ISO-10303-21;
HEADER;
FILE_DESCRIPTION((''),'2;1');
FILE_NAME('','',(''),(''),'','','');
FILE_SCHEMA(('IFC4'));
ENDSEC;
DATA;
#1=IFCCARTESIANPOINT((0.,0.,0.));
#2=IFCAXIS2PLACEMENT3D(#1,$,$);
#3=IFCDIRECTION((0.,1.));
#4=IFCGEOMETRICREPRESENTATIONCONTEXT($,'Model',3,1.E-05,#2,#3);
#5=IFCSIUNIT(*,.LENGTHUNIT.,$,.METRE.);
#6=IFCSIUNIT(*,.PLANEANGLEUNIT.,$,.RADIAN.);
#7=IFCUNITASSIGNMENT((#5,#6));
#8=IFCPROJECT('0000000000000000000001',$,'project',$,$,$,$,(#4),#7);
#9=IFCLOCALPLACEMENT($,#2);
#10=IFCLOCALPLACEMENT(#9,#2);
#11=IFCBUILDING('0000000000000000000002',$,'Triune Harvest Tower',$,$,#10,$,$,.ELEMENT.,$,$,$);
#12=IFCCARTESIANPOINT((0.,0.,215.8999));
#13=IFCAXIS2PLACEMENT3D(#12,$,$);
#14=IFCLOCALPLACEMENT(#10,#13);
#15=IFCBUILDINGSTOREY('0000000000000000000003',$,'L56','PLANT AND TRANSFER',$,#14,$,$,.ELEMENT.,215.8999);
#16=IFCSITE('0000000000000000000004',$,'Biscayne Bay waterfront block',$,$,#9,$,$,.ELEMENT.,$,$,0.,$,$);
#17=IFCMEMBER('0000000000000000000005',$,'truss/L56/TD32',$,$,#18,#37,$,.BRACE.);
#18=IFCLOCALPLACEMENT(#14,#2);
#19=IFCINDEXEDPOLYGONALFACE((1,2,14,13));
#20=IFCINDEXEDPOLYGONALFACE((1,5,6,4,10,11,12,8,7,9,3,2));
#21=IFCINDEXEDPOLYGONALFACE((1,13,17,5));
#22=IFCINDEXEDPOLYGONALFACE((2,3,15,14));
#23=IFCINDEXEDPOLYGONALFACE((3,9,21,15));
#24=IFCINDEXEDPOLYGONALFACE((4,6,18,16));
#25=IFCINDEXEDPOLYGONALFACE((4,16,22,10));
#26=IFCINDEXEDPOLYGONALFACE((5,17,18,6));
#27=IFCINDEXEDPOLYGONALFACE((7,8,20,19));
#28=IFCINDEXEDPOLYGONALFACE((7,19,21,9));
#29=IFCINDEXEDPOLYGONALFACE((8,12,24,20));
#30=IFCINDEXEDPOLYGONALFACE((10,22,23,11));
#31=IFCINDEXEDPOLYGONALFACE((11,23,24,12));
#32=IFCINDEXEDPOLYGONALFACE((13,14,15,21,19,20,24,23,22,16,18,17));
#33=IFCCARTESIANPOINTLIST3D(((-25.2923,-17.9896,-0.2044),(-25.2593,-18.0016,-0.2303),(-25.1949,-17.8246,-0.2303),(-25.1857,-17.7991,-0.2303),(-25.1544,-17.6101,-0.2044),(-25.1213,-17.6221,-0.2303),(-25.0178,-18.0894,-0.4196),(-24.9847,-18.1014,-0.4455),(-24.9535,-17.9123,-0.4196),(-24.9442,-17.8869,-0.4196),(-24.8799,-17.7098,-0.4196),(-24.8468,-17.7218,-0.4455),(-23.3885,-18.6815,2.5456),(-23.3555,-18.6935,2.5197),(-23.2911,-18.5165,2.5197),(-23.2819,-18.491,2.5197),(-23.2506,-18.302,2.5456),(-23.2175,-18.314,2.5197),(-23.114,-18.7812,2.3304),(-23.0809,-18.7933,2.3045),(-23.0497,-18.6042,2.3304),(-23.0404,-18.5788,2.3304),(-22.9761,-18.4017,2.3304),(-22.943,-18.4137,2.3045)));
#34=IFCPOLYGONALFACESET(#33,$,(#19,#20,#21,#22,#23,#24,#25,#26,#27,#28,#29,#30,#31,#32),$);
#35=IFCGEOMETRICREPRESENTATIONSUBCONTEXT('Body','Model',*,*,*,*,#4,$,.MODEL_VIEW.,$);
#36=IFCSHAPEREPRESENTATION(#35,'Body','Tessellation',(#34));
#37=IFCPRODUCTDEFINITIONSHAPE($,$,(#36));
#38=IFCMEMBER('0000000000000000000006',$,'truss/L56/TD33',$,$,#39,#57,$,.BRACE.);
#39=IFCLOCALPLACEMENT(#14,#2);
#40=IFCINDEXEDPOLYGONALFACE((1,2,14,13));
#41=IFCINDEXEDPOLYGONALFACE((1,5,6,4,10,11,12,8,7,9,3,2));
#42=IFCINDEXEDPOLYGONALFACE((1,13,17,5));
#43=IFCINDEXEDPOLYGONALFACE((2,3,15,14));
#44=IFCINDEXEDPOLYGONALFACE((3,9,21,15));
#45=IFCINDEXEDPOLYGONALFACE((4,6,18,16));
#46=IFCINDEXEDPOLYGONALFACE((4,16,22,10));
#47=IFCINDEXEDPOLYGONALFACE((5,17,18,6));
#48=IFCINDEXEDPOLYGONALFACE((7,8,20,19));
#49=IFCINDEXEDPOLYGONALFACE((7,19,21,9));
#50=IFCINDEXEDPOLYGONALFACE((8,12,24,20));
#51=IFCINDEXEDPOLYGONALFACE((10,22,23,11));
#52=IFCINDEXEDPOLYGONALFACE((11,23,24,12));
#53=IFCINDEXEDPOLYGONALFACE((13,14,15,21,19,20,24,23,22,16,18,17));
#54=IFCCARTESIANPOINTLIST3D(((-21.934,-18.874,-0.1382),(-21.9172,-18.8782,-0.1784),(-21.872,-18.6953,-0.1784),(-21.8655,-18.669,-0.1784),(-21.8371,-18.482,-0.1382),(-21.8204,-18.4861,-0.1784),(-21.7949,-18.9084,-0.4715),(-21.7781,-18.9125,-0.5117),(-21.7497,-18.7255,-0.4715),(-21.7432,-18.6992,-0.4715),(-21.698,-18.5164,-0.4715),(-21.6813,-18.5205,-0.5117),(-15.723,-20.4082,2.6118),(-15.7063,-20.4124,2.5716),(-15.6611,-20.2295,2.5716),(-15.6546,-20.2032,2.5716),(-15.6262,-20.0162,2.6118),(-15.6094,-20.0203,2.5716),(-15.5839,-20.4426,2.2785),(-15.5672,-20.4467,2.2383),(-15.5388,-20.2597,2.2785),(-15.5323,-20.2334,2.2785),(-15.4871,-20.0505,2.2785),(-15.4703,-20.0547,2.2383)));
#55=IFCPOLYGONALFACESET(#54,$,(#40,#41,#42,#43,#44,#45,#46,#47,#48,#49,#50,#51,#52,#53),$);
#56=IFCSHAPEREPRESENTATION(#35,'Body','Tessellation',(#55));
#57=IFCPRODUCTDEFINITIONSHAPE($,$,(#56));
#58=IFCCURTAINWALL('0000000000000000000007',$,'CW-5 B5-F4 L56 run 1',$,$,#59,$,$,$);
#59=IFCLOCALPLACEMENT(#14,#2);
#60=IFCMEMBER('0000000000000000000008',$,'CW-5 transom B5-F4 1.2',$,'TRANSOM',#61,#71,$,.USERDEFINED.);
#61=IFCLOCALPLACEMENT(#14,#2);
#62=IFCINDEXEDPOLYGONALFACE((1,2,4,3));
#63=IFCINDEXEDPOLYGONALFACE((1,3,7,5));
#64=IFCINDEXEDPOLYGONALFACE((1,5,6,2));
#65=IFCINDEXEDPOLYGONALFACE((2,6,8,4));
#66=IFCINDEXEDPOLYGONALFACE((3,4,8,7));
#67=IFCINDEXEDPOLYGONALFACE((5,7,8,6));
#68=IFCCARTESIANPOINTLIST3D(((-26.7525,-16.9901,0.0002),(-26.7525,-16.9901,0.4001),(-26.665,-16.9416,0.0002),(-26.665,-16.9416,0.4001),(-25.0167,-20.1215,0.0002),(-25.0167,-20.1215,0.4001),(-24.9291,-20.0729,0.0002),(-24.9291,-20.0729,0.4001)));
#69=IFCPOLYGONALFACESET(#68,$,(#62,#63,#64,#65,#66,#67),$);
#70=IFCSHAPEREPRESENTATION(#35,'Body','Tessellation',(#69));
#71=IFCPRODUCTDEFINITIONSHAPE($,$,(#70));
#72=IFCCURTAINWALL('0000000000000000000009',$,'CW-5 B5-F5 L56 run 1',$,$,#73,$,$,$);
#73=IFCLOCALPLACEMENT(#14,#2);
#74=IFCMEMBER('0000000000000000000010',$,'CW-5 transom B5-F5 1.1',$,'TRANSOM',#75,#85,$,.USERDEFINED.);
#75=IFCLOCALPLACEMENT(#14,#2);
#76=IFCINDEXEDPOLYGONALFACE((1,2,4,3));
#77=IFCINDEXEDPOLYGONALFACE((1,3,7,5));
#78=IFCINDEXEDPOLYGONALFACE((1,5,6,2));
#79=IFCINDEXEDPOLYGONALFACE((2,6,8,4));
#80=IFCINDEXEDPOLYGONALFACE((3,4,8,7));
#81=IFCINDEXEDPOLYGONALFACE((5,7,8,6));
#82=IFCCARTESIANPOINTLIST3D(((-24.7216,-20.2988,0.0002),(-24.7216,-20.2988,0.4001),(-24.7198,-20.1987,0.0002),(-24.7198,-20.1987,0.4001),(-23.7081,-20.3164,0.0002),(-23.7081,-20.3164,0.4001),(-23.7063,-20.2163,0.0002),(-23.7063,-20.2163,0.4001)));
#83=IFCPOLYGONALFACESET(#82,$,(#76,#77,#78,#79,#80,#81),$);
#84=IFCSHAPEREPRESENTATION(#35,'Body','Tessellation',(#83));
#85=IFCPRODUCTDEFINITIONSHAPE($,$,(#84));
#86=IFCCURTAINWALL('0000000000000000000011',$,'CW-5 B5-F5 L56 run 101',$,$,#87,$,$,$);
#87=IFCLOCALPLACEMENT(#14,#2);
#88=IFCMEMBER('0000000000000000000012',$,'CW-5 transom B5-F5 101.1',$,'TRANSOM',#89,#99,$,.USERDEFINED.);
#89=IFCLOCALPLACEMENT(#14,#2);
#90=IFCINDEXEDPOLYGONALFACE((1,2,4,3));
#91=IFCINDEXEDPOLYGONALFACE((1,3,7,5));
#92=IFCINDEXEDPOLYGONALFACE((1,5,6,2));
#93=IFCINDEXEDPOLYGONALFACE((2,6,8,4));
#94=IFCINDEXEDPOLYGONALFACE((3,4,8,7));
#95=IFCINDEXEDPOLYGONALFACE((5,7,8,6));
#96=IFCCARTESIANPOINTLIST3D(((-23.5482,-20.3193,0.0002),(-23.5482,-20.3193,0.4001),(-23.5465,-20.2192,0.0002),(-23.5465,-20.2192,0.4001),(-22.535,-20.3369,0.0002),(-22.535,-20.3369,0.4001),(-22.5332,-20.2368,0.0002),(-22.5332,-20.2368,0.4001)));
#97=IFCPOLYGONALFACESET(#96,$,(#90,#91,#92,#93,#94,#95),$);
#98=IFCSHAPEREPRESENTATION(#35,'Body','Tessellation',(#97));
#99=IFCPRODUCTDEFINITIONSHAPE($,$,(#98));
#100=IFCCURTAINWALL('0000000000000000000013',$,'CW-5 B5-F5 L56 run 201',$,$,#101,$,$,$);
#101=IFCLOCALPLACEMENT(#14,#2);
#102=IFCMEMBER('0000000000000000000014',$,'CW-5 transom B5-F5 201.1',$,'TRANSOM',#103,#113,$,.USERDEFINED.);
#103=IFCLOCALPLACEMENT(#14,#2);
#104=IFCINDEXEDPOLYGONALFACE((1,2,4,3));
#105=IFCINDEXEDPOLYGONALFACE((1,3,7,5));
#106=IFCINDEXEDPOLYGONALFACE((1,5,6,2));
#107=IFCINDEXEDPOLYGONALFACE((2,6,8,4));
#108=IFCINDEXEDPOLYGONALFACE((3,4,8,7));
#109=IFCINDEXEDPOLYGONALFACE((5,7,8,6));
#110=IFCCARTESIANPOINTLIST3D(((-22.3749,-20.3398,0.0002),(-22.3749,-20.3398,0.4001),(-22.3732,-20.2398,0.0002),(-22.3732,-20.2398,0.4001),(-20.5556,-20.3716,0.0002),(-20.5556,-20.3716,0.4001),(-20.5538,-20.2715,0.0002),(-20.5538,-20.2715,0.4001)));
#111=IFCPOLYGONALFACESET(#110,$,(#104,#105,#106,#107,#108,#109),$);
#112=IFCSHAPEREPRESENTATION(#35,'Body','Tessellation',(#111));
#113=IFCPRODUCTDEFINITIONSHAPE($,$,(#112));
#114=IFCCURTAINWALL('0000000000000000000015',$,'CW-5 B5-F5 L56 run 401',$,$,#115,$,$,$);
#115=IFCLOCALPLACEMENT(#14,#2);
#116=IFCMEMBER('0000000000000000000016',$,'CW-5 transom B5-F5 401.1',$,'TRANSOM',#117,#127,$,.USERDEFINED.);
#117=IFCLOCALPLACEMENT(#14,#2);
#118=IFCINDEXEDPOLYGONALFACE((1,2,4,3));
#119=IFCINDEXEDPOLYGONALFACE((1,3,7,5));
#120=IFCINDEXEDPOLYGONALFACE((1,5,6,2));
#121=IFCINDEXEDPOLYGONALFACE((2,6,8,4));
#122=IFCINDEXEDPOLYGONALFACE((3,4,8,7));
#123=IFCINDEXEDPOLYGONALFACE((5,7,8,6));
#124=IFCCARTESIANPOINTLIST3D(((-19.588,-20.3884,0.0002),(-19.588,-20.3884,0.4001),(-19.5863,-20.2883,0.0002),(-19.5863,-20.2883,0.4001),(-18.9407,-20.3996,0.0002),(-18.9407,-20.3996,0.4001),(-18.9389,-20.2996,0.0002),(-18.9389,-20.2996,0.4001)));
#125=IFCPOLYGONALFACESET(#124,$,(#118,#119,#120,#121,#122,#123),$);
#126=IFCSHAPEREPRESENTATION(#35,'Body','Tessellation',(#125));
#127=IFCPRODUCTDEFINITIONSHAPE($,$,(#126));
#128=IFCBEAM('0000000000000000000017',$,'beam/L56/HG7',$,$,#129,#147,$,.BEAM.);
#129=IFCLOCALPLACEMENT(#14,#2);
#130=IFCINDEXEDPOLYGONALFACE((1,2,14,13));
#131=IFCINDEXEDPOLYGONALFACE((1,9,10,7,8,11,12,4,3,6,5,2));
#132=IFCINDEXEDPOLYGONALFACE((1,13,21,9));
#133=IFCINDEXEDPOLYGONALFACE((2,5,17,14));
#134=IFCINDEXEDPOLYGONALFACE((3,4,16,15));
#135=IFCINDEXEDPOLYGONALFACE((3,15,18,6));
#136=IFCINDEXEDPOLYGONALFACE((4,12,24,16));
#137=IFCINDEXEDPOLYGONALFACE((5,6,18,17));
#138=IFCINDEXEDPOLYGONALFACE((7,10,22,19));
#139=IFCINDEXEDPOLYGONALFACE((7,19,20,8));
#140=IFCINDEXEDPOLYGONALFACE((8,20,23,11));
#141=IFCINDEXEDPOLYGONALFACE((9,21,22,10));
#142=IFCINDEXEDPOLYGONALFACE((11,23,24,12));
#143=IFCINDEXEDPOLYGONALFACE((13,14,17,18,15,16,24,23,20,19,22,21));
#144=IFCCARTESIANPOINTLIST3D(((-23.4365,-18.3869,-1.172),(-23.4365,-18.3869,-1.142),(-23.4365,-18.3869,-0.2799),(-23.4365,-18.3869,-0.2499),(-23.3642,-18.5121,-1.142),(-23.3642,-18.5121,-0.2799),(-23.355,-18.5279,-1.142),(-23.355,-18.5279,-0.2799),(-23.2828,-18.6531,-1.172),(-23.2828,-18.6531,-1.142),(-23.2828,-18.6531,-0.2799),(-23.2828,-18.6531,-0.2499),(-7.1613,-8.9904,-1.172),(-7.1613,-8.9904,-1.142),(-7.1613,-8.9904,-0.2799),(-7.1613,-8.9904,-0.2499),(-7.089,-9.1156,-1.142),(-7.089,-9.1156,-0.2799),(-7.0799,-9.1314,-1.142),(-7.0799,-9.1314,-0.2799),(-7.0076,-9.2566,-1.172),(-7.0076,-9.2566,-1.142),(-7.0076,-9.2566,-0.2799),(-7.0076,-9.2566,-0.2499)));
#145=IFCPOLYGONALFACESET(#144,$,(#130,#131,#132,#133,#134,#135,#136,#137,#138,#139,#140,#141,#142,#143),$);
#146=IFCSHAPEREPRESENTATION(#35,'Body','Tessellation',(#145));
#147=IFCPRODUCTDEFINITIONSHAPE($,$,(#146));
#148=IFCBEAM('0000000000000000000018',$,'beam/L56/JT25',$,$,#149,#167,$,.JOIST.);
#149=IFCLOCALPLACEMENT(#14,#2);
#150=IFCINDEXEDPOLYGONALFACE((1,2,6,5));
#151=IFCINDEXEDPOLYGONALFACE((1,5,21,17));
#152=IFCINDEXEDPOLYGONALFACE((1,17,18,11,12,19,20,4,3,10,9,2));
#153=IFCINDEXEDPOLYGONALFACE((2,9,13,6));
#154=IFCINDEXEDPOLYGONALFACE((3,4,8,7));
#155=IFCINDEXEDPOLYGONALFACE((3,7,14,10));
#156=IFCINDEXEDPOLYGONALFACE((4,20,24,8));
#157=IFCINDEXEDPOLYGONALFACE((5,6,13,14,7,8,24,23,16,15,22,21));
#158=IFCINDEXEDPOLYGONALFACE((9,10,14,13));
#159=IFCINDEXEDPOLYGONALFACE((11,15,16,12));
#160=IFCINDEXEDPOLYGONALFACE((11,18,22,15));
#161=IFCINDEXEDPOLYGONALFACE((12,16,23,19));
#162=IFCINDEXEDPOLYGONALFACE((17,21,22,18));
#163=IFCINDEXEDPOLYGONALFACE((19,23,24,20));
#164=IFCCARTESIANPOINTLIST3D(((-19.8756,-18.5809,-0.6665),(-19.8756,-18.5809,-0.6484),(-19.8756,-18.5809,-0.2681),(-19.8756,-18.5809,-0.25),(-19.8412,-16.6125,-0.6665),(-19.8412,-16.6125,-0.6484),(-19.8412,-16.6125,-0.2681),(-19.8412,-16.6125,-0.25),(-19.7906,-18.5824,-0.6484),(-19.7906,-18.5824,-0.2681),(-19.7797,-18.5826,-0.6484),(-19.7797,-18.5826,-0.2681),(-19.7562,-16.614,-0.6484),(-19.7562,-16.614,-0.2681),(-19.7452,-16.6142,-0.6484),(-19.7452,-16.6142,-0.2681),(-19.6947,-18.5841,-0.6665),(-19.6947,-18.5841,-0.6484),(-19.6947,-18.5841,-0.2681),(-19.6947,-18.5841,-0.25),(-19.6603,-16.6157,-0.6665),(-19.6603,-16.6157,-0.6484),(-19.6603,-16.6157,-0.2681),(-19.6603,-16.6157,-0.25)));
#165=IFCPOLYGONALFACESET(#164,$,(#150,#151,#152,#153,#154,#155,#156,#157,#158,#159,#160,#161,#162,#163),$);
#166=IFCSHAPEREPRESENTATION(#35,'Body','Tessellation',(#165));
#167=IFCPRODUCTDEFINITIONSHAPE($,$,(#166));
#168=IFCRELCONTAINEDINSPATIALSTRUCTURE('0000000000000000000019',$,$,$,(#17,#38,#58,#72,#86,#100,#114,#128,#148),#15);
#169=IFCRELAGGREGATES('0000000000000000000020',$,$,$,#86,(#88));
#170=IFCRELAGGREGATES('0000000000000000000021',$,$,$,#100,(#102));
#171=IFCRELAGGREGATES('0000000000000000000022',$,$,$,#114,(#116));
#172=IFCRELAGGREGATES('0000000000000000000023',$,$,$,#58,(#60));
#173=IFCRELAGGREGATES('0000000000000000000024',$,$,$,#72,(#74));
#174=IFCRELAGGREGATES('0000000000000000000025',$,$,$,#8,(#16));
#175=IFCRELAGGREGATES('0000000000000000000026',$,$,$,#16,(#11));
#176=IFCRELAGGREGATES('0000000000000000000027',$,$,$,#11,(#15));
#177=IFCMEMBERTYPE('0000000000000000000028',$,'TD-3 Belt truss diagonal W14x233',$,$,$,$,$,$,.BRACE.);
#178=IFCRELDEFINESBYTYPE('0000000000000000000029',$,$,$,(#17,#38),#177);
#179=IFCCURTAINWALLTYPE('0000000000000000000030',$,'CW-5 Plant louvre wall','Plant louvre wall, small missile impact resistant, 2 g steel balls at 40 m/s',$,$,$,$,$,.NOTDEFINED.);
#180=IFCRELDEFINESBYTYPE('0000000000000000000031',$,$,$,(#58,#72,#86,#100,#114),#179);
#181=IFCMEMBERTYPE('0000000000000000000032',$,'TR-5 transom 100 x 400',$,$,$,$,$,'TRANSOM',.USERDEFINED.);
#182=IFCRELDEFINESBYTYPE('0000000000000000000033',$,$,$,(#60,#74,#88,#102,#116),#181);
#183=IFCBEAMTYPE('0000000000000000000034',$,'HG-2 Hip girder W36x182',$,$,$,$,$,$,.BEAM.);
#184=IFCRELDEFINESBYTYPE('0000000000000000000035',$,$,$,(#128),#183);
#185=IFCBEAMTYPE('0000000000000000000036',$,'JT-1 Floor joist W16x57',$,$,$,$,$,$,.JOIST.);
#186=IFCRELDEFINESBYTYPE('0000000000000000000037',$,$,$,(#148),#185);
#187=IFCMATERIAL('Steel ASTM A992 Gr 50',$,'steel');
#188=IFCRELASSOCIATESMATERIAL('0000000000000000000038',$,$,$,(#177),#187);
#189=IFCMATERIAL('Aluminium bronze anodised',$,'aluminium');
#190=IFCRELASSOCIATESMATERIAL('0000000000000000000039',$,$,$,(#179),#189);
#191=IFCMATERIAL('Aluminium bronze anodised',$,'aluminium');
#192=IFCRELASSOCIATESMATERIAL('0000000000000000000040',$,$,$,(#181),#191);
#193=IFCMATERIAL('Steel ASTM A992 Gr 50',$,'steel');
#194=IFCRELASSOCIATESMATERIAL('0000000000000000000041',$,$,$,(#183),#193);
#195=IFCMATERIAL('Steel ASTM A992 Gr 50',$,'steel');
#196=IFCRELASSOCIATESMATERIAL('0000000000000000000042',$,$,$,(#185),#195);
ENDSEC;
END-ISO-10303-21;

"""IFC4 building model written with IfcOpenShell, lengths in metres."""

from ifc_helpers import new_model, si_unit, direction, frame, origin, origin_2d, place, context, subcontext, project, spatial, rectangle, i_section, extrude, source, transform, mapped, material, material_profile, profile_set, type_object, element, aggregate, save


model = new_model("IFC4")

# Units and contexts
model_context = context("Model", 3, precision=1e-05, world=origin(), true_north=direction((0.0, 1.0)))
body_context = subcontext(model_context, "Body", "Model", "MODEL_VIEW")
ifc_project = project(units=[si_unit("LENGTHUNIT", "METRE"), si_unit("PLANEANGLEUNIT", "RADIAN")], contexts=[model_context])

# Site, building, storey
site_placement = place(None, origin())
site = spatial("IfcSite", under=ifc_project, at=site_placement, Name="Biscayne Bay waterfront block", CompositionType="ELEMENT", RefElevation=0.0)
building_placement = place(site_placement, origin())
building = spatial("IfcBuilding", under=site, at=building_placement, Name="Triune Harvest Tower", CompositionType="ELEMENT")
storey_placement = place(building_placement, frame((0.0, 0.0, 215.8999)))
storey = spatial("IfcBuildingStorey", under=building, at=storey_placement, Name="L56", Description="PLANT AND TRANSFER", CompositionType="ELEMENT", Elevation=215.8999)

# Members
ifc_material_1 = material(Name="Steel ASTM A992 Gr 50", Category="steel")
ifc_material_profile_1 = material_profile(ifc_material_1, i_section(OverallWidth=0.4038, OverallDepth=0.4065, WebThickness=0.0271, FlangeThickness=0.0437, at=origin_2d()), Name="W14x233")
ifc_profile_set_1 = profile_set([ifc_material_profile_1], Name="Steel ASTM A992 Gr 50")
member_type_1 = type_object("IfcMemberType", Name="TD-3 Belt truss diagonal W14x233", PredefinedType="BRACE", material=ifc_profile_set_1)
member_1_placement = place(storey_placement, frame((-25.0696, -17.8557, -0.325), z_axis=(0.557401, -0.202574, 0.805151), x_axis=(0.341569, 0.939857, 0.0)))
element("IfcMember", 1, at=member_1_placement, inside=storey, type_object=member_type_1, Name="truss/L56/TD32", PredefinedType="BRACE", context=body_context, shape_type="SweptSolid", body=[
    extrude(i_section(OverallWidth=0.4038, OverallDepth=0.4065, WebThickness=0.0271, FlangeThickness=0.0437, at=origin_2d()), origin(), (0.0, 0.0, 1.0), 3.4155),
])
member_2_placement = place(storey_placement, frame((-21.8076, -18.6973, -0.325), z_axis=(0.891913, -0.220314, 0.39491), x_axis=(0.239805, 0.970821, 0.0)))
element("IfcMember", 2, at=member_2_placement, inside=storey, type_object=member_type_1, Name="truss/L56/TD33", PredefinedType="BRACE", context=body_context, shape_type="SweptSolid", body=[
    extrude(i_section(OverallWidth=0.4038, OverallDepth=0.4065, WebThickness=0.0271, FlangeThickness=0.0437, at=origin_2d()), origin(), (0.0, 0.0, 1.0), 6.9636),
])

# Curtain walls, members
ifc_material_2 = material(Name="Aluminium bronze anodised", Category="aluminium")
curtain_wall_type = type_object("IfcCurtainWallType", Name="CW-5 Plant louvre wall", Description="Plant louvre wall, small missile impact resistant, 2 g steel balls at 40 m/s", PredefinedType="NOTDEFINED", material=ifc_material_2)
curtain_wall_1_placement = place(storey_placement, origin())
curtain_wall_1 = element("IfcCurtainWall", 3, at=curtain_wall_1_placement, inside=storey, type_object=curtain_wall_type, Name="CW-5 B5-F4 L56 run 1")
ifc_material_3 = material(Name="Aluminium bronze anodised", Category="aluminium")
ifc_material_profile_2 = material_profile(ifc_material_3, rectangle(XDim=0.1001, YDim=0.3999, at=origin_2d()), Name="TR-5 transom 100 x 400")
ifc_profile_set_2 = profile_set([ifc_material_profile_2], Name="Aluminium bronze anodised")
member_type_2 = type_object("IfcMemberType", Name="TR-5 transom 100 x 400", ElementType="TRANSOM", PredefinedType="USERDEFINED", material=ifc_profile_set_2)
member_3_placement = place(storey_placement, frame((-26.7087, -16.9658, 0.2002), z_axis=(0.484832, -0.874607, 0.0), x_axis=(0.874607, 0.484832, 0.0)))
member_3 = element("IfcMember", 4, at=member_3_placement, type_object=member_type_2, Name="CW-5 transom B5-F4 1.2", ObjectType="TRANSOM", PredefinedType="USERDEFINED", context=body_context, shape_type="SweptSolid", body=[
    extrude(rectangle(XDim=0.1001, YDim=0.3999, at=origin_2d()), origin(), (0.0, 0.0, 1.0), 3.5803),
])
curtain_wall_2_placement = place(storey_placement, origin())
curtain_wall_2 = element("IfcCurtainWall", 5, at=curtain_wall_2_placement, inside=storey, type_object=curtain_wall_type, Name="CW-5 B5-F5 L56 run 1")
member_4_placement = place(storey_placement, frame((-24.7207, -20.2488, 0.2002), z_axis=(0.99985, -0.017343, 0.0), x_axis=(0.017343, 0.99985, 0.0)))
member_4 = element("IfcMember", 6, at=member_4_placement, type_object=member_type_2, Name="CW-5 transom B5-F5 1.1", ObjectType="TRANSOM", PredefinedType="USERDEFINED", context=body_context, shape_type="SweptSolid", body=[
    extrude(rectangle(XDim=0.1001, YDim=0.3999, at=origin_2d()), origin(), (0.0, 0.0, 1.0), 1.0137),
])
curtain_wall_3_placement = place(storey_placement, origin())
curtain_wall_3 = element("IfcCurtainWall", 7, at=curtain_wall_3_placement, inside=storey, type_object=curtain_wall_type, Name="CW-5 B5-F5 L56 run 101")
member_5_placement = place(storey_placement, frame((-23.5474, -20.2693, 0.2002), z_axis=(0.99985, -0.017347, 0.0), x_axis=(0.017347, 0.99985, 0.0)))
member_5 = element("IfcMember", 8, at=member_5_placement, type_object=member_type_2, Name="CW-5 transom B5-F5 101.1", ObjectType="TRANSOM", PredefinedType="USERDEFINED", context=body_context, shape_type="SweptSolid", body=[
    extrude(rectangle(XDim=0.1001, YDim=0.3999, at=origin_2d()), origin(), (0.0, 0.0, 1.0), 1.0134),
])
curtain_wall_4_placement = place(storey_placement, origin())
curtain_wall_4 = element("IfcCurtainWall", 9, at=curtain_wall_4_placement, inside=storey, type_object=curtain_wall_type, Name="CW-5 B5-F5 L56 run 201")
member_6_placement = place(storey_placement, frame((-22.374, -20.2898, 0.2002), z_axis=(0.999848, -0.017442, 0.0), x_axis=(0.017442, 0.999848, 0.0)))
member_6 = element("IfcMember", 10, at=member_6_placement, type_object=member_type_2, Name="CW-5 transom B5-F5 201.1", ObjectType="TRANSOM", PredefinedType="USERDEFINED", context=body_context, shape_type="SweptSolid", body=[
    extrude(rectangle(XDim=0.1001, YDim=0.3999, at=origin_2d()), origin(), (0.0, 0.0, 1.0), 1.8196),
])
curtain_wall_5_placement = place(storey_placement, origin())
curtain_wall_5 = element("IfcCurtainWall", 11, at=curtain_wall_5_placement, inside=storey, type_object=curtain_wall_type, Name="CW-5 B5-F5 L56 run 401")
member_7_placement = place(storey_placement, frame((-19.5872, -20.3384, 0.2002), z_axis=(0.99985, -0.017343, 0.0), x_axis=(0.017343, 0.99985, 0.0)))
member_7 = element("IfcMember", 12, at=member_7_placement, type_object=member_type_2, Name="CW-5 transom B5-F5 401.1", ObjectType="TRANSOM", PredefinedType="USERDEFINED", context=body_context, shape_type="SweptSolid", body=[
    extrude(rectangle(XDim=0.1001, YDim=0.3999, at=origin_2d()), origin(), (0.0, 0.0, 1.0), 0.6475),
])

# Beams
ifc_material_4 = material(Name="Steel ASTM A992 Gr 50", Category="steel")
ifc_material_profile_3 = material_profile(ifc_material_4, i_section(OverallWidth=0.3074, OverallDepth=0.9221, WebThickness=0.0183, FlangeThickness=0.03, at=origin_2d()), Name="W36x182")
ifc_profile_set_3 = profile_set([ifc_material_profile_3], Name="Steel ASTM A992 Gr 50")
beam_type_1 = type_object("IfcBeamType", Name="HG-2 Hip girder W36x182", PredefinedType="BEAM", material=ifc_profile_set_3)
shared_shape_1 = source(origin(), body_context, "Body", "SweptSolid", [
    extrude(i_section(OverallWidth=0.3074, OverallDepth=0.9221, WebThickness=0.0183, FlangeThickness=0.03, at=origin_2d()), origin(), (0.0, 0.0, 1.0), 18.793),
])
beam_1_placement = place(storey_placement, frame((-23.3596, -18.52, -0.7109), z_axis=(0.866025, 0.500001, 0.0), x_axis=(-0.500001, 0.866025, 0.0)))
element("IfcBeam", 13, at=beam_1_placement, inside=storey, type_object=beam_type_1, Name="beam/L56/HG7", PredefinedType="BEAM", context=body_context, shape_type="MappedRepresentation", body=[
    mapped(shared_shape_1, transform((0.0, 0.0, 0.0), scale=1.0)),
])
ifc_material_5 = material(Name="Steel ASTM A992 Gr 50", Category="steel")
ifc_material_profile_4 = material_profile(ifc_material_5, i_section(OverallWidth=0.1809, OverallDepth=0.4165, WebThickness=0.011, FlangeThickness=0.0181, at=origin_2d()), Name="W16x57")
ifc_profile_set_4 = profile_set([ifc_material_profile_4], Name="Steel ASTM A992 Gr 50")
beam_type_2 = type_object("IfcBeamType", Name="JT-1 Floor joist W16x57", PredefinedType="JOIST", material=ifc_profile_set_4)
shared_shape_2 = source(origin(), body_context, "Body", "SweptSolid", [
    extrude(i_section(OverallWidth=0.1809, OverallDepth=0.4165, WebThickness=0.011, FlangeThickness=0.0181, at=origin_2d()), origin(), (0.0, 0.0, 1.0), 1.9688),
])
beam_2_placement = place(storey_placement, frame((-19.7852, -18.5825, -0.4583), z_axis=(0.017485, 0.999847, 0.0), x_axis=(-0.999847, 0.017485, 0.0)))
element("IfcBeam", 14, at=beam_2_placement, inside=storey, type_object=beam_type_2, Name="beam/L56/JT25", PredefinedType="JOIST", context=body_context, shape_type="MappedRepresentation", body=[
    mapped(shared_shape_2, transform((0.0, 0.0, 0.0), scale=1.0)),
])

aggregate(curtain_wall_3, [member_5])
aggregate(curtain_wall_4, [member_6])
aggregate(curtain_wall_5, [member_7])
aggregate(curtain_wall_1, [member_3])
aggregate(curtain_wall_2, [member_4])

save(model, "model.ifc")
